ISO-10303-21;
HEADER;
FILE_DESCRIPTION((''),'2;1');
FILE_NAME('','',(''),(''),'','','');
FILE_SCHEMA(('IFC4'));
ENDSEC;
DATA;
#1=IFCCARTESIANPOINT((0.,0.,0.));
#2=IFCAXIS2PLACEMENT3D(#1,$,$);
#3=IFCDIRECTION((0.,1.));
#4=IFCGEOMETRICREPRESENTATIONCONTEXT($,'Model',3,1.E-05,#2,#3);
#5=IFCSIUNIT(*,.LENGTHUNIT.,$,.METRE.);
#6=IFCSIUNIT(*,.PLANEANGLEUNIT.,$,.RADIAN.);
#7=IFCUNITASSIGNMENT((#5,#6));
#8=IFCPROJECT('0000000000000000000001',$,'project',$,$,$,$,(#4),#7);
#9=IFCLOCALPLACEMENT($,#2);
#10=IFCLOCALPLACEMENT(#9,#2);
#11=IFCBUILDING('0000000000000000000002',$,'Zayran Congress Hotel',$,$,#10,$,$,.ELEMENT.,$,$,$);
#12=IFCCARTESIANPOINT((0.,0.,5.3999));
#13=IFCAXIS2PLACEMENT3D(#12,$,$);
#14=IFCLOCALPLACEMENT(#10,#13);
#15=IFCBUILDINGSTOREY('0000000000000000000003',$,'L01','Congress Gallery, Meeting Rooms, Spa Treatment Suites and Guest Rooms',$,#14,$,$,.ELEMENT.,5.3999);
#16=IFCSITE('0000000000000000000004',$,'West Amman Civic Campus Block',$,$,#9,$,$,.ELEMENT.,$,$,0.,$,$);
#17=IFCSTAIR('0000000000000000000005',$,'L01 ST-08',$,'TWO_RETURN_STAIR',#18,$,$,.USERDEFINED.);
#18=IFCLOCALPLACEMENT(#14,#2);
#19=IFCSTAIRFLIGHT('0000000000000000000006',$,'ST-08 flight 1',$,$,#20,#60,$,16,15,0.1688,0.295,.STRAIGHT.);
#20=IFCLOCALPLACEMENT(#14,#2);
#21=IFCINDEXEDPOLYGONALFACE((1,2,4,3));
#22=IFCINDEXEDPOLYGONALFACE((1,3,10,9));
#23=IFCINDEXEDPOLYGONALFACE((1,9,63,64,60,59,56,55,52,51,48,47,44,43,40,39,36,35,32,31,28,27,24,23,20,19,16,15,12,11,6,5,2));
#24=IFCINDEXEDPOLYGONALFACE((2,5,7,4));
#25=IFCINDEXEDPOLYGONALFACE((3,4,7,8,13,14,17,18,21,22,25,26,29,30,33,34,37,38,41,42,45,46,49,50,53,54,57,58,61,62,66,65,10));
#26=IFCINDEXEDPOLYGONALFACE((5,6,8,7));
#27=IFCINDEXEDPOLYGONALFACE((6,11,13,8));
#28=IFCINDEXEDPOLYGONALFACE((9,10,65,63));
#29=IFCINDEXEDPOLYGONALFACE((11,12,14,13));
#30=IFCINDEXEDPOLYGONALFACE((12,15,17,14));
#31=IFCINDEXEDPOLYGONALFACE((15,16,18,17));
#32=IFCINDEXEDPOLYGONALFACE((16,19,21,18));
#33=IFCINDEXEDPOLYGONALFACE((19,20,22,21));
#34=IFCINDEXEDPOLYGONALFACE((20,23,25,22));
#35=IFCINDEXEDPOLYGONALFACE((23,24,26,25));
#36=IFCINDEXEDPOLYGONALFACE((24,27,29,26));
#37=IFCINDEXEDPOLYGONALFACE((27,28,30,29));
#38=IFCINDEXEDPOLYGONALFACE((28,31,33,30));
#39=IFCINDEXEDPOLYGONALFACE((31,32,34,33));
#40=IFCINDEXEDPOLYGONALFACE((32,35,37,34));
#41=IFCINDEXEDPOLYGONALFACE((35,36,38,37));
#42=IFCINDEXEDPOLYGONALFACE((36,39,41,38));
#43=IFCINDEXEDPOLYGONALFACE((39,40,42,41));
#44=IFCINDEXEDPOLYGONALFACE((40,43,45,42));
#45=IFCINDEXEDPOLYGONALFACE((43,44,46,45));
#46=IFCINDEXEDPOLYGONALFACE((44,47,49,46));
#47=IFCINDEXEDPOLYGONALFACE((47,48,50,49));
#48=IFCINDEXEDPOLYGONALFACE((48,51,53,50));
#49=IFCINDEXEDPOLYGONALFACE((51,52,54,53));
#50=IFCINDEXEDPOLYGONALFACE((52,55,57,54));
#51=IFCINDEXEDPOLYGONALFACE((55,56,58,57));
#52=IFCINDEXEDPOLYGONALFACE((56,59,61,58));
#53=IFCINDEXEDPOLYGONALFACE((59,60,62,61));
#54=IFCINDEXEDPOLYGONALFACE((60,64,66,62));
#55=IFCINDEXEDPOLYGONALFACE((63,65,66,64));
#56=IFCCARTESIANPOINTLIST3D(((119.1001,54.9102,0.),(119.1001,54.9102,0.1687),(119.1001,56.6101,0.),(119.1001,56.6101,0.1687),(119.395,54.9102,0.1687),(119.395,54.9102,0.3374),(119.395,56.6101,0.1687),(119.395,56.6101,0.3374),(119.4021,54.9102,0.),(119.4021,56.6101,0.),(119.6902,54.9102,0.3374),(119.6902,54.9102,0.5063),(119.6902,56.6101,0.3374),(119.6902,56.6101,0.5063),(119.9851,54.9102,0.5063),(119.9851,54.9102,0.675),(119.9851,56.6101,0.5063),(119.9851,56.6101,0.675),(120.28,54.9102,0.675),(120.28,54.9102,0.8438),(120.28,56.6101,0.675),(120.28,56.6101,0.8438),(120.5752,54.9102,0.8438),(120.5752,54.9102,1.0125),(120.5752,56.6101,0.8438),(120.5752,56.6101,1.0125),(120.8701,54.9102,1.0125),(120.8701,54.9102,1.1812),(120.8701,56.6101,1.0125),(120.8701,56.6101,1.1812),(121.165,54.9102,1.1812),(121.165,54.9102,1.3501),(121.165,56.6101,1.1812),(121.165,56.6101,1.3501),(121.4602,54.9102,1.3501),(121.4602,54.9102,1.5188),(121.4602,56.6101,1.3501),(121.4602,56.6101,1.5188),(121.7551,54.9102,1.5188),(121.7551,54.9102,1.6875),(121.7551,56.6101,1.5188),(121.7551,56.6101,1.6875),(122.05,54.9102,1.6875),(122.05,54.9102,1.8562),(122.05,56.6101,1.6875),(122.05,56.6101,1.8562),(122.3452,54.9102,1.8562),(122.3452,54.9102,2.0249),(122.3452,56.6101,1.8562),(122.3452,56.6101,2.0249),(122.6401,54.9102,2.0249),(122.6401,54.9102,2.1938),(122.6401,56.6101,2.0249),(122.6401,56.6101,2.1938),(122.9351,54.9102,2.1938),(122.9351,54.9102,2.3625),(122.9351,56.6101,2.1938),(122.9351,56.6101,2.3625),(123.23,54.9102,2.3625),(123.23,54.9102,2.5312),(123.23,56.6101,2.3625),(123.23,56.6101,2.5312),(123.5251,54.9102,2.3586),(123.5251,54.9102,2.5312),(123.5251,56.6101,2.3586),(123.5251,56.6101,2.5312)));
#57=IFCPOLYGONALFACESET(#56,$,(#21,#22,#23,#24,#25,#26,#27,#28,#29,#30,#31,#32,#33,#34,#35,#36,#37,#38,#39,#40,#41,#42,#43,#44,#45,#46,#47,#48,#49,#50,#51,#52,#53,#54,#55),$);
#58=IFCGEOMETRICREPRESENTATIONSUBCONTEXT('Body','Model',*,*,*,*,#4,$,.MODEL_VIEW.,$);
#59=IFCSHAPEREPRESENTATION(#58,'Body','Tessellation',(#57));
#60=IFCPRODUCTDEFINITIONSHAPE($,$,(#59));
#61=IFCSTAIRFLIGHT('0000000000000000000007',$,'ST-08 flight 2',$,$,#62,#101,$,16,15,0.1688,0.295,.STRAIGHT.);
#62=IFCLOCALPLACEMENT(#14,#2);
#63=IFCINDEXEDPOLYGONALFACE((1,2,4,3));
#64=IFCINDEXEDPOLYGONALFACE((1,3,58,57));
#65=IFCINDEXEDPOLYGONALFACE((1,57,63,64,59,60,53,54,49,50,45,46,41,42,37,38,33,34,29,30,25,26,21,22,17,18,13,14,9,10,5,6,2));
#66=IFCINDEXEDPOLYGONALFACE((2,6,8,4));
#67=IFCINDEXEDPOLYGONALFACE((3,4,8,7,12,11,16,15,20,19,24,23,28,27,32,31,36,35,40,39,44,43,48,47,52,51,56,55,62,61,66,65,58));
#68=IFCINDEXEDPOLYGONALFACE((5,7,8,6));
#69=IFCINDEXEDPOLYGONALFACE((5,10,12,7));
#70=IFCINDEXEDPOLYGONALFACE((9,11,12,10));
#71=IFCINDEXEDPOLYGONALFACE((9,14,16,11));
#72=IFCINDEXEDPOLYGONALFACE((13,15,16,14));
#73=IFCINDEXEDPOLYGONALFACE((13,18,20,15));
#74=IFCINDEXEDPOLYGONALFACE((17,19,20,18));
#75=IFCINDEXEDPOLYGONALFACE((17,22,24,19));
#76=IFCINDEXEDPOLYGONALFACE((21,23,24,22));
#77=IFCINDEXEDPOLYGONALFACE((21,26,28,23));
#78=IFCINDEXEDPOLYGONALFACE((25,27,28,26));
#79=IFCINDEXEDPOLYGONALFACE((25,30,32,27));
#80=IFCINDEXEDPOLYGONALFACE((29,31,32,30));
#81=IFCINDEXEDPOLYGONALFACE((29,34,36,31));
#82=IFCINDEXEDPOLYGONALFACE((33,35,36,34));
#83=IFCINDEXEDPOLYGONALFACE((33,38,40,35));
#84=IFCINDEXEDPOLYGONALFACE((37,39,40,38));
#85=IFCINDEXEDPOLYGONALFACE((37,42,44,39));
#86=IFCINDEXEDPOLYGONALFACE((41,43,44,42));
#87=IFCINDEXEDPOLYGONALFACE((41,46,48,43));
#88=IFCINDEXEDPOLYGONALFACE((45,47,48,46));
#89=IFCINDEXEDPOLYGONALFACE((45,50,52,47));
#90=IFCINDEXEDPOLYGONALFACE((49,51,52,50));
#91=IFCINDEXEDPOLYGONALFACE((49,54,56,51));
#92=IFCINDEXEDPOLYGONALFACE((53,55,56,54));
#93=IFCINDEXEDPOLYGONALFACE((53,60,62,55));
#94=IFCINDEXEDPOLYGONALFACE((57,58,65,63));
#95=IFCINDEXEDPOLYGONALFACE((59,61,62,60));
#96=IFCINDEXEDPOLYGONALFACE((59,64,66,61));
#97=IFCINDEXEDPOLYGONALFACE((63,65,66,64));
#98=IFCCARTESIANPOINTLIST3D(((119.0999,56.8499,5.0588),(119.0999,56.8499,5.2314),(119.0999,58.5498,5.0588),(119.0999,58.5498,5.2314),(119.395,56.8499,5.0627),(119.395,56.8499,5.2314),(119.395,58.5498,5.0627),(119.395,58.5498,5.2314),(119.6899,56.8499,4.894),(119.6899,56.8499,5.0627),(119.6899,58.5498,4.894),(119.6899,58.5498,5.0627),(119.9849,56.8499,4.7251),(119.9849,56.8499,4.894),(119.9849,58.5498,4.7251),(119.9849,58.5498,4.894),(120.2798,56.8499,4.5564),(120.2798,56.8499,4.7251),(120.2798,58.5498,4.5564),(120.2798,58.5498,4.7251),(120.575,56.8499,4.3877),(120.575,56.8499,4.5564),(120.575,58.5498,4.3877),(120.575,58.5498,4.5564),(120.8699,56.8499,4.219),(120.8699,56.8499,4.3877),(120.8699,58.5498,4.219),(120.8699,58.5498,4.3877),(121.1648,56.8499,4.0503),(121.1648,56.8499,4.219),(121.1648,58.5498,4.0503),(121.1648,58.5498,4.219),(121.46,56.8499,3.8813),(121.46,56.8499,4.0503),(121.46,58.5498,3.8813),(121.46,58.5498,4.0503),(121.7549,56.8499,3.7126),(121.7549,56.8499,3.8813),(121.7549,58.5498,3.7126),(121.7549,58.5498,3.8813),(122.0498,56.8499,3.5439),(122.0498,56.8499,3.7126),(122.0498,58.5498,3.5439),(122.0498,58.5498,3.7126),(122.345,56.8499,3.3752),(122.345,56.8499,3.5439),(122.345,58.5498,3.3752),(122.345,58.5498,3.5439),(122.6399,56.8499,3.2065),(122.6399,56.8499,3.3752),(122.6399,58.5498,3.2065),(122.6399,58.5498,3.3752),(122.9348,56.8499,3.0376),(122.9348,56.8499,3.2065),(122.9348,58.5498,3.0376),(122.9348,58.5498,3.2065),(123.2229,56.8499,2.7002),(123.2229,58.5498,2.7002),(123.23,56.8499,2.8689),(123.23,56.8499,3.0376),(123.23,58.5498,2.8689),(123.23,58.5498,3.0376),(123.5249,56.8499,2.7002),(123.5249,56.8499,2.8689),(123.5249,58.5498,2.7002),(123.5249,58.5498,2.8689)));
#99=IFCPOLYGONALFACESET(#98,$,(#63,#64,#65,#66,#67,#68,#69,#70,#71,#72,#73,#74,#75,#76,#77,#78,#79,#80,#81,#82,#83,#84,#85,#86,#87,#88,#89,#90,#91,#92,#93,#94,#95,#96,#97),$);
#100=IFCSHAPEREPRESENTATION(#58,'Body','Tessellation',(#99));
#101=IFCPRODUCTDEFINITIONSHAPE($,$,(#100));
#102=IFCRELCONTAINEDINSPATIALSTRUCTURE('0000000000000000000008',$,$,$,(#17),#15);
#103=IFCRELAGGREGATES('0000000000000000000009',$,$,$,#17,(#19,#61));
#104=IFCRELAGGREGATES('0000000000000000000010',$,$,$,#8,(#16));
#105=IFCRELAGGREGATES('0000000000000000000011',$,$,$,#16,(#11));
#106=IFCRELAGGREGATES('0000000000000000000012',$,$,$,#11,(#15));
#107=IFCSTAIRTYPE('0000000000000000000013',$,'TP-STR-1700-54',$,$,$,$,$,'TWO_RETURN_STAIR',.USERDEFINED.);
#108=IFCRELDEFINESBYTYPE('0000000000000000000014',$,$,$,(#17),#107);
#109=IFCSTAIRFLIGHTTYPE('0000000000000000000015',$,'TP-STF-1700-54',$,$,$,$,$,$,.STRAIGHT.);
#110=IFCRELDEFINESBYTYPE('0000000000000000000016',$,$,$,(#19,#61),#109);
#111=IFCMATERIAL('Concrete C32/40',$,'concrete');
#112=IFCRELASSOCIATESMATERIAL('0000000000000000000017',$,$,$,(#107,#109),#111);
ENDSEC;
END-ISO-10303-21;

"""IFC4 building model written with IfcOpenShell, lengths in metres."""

from ifc_helpers import new_model, si_unit, direction, frame, origin, place, context, subcontext, project, spatial, polyline, outline, extrude, material, type_object, element, aggregate, save


model = new_model("IFC4")

# Units and contexts
model_context = context("Model", 3, precision=1e-05, world=origin(), true_north=direction((0.0, 1.0)))
body_context = subcontext(model_context, "Body", "Model", "MODEL_VIEW")
ifc_project = project(units=[si_unit("LENGTHUNIT", "METRE"), si_unit("PLANEANGLEUNIT", "RADIAN")], contexts=[model_context])

# Site, building, storey
site_placement = place(None, origin())
site = spatial("IfcSite", under=ifc_project, at=site_placement, Name="West Amman Civic Campus Block", CompositionType="ELEMENT", RefElevation=0.0)
building_placement = place(site_placement, origin())
building = spatial("IfcBuilding", under=site, at=building_placement, Name="Zayran Congress Hotel", CompositionType="ELEMENT")
storey_placement = place(building_placement, frame((0.0, 0.0, 5.3999)))
storey = spatial("IfcBuildingStorey", under=building, at=storey_placement, Name="L01", Description="Congress Gallery, Meeting Rooms, Spa Treatment Suites and Guest Rooms", CompositionType="ELEMENT", Elevation=5.3999)

# Stair, stair flights
ifc_material_1 = material(Name="Concrete C32/40", Category="concrete")
stair_type = type_object("IfcStairType", Name="TP-STR-1700-54", ElementType="TWO_RETURN_STAIR", PredefinedType="USERDEFINED", material=ifc_material_1)
stair_placement = place(storey_placement, origin())
stair = element("IfcStair", 1, at=stair_placement, inside=storey, type_object=stair_type, Name="L01 ST-08", ObjectType="TWO_RETURN_STAIR", PredefinedType="USERDEFINED")
stair_flight_type = type_object("IfcStairFlightType", Name="TP-STF-1700-54", PredefinedType="STRAIGHT", material=ifc_material_1)
stair_flight_1_placement = place(storey_placement, frame((119.1001, 55.76, 0.0), z_axis=(0.0, 0.0, 1.0), x_axis=(1.0, 0.0, 0.0)))
stair_flight_1 = element("IfcStairFlight", 2, at=stair_flight_1_placement, type_object=stair_flight_type, Name="ST-08 flight 1", NumberOfRisers=16, NumberOfTreads=15, PredefinedType="STRAIGHT", RiserHeight=0.1688, TreadLength=0.295, context=body_context, shape_type="SweptSolid", body=[
    extrude(outline(polyline([(0.0, 0.0), (0.0, 0.1687), (0.2949, 0.1687), (0.2949, 0.3374), (0.5901, 0.3374), (0.5901, 0.5063), (0.885, 0.5063), (0.885, 0.675), (1.1799, 0.675), (1.1799, 0.8438), (1.4751, 0.8438), (1.4751, 1.0125), (1.77, 1.0125), (1.77, 1.1812), (2.0649, 1.1812), (2.0649, 1.3501), (2.3601, 1.3501), (2.3601, 1.5188), (2.655, 1.5188), (2.655, 1.6875), (2.95, 1.6875), (2.95, 1.8562), (3.2451, 1.8562), (3.2451, 2.0249), (3.54, 2.0249), (3.54, 2.1938), (3.835, 2.1938), (3.835, 2.3625), (4.1299, 2.3625), (4.1299, 2.5312), (4.425, 2.5312), (4.425, 2.7), (4.425, 2.3586), (0.302, 0.0), (0.0, 0.0)])), frame((0.0, 0.8501, 0.0), z_axis=(0.0, -1.0, 0.0), x_axis=(1.0, 0.0, 0.0)), (0.0, 0.0, 1.0), 1.7),
])
stair_flight_2_placement = place(storey_placement, frame((123.5249, 57.7, 2.7002), z_axis=(0.0, 0.0, 1.0), x_axis=(-1.0, 0.0, 0.0)))
stair_flight_2 = element("IfcStairFlight", 3, at=stair_flight_2_placement, type_object=stair_flight_type, Name="ST-08 flight 2", NumberOfRisers=16, NumberOfTreads=15, PredefinedType="STRAIGHT", RiserHeight=0.1688, TreadLength=0.295, context=body_context, shape_type="SweptSolid", body=[
    extrude(outline(polyline([(0.0, 0.0), (0.0, 0.1687), (0.2949, 0.1687), (0.2949, 0.3374), (0.5901, 0.3374), (0.5901, 0.5063), (0.885, 0.5063), (0.885, 0.675), (1.1799, 0.675), (1.1799, 0.8438), (1.4751, 0.8438), (1.4751, 1.0125), (1.77, 1.0125), (1.77, 1.1812), (2.0649, 1.1812), (2.0649, 1.3501), (2.3601, 1.3501), (2.3601, 1.5188), (2.655, 1.5188), (2.655, 1.6875), (2.95, 1.6875), (2.95, 1.8562), (3.2451, 1.8562), (3.2451, 2.0249), (3.54, 2.0249), (3.54, 2.1938), (3.835, 2.1938), (3.835, 2.3625), (4.1299, 2.3625), (4.1299, 2.5312), (4.425, 2.5312), (4.425, 2.7), (4.425, 2.3586), (0.302, 0.0), (0.0, 0.0)])), frame((0.0, 0.8501, 0.0), z_axis=(0.0, -1.0, 0.0), x_axis=(1.0, 0.0, 0.0)), (0.0, 0.0, 1.0), 1.7),
])
aggregate(stair, [stair_flight_1, stair_flight_2])

save(model, "model.ifc")
